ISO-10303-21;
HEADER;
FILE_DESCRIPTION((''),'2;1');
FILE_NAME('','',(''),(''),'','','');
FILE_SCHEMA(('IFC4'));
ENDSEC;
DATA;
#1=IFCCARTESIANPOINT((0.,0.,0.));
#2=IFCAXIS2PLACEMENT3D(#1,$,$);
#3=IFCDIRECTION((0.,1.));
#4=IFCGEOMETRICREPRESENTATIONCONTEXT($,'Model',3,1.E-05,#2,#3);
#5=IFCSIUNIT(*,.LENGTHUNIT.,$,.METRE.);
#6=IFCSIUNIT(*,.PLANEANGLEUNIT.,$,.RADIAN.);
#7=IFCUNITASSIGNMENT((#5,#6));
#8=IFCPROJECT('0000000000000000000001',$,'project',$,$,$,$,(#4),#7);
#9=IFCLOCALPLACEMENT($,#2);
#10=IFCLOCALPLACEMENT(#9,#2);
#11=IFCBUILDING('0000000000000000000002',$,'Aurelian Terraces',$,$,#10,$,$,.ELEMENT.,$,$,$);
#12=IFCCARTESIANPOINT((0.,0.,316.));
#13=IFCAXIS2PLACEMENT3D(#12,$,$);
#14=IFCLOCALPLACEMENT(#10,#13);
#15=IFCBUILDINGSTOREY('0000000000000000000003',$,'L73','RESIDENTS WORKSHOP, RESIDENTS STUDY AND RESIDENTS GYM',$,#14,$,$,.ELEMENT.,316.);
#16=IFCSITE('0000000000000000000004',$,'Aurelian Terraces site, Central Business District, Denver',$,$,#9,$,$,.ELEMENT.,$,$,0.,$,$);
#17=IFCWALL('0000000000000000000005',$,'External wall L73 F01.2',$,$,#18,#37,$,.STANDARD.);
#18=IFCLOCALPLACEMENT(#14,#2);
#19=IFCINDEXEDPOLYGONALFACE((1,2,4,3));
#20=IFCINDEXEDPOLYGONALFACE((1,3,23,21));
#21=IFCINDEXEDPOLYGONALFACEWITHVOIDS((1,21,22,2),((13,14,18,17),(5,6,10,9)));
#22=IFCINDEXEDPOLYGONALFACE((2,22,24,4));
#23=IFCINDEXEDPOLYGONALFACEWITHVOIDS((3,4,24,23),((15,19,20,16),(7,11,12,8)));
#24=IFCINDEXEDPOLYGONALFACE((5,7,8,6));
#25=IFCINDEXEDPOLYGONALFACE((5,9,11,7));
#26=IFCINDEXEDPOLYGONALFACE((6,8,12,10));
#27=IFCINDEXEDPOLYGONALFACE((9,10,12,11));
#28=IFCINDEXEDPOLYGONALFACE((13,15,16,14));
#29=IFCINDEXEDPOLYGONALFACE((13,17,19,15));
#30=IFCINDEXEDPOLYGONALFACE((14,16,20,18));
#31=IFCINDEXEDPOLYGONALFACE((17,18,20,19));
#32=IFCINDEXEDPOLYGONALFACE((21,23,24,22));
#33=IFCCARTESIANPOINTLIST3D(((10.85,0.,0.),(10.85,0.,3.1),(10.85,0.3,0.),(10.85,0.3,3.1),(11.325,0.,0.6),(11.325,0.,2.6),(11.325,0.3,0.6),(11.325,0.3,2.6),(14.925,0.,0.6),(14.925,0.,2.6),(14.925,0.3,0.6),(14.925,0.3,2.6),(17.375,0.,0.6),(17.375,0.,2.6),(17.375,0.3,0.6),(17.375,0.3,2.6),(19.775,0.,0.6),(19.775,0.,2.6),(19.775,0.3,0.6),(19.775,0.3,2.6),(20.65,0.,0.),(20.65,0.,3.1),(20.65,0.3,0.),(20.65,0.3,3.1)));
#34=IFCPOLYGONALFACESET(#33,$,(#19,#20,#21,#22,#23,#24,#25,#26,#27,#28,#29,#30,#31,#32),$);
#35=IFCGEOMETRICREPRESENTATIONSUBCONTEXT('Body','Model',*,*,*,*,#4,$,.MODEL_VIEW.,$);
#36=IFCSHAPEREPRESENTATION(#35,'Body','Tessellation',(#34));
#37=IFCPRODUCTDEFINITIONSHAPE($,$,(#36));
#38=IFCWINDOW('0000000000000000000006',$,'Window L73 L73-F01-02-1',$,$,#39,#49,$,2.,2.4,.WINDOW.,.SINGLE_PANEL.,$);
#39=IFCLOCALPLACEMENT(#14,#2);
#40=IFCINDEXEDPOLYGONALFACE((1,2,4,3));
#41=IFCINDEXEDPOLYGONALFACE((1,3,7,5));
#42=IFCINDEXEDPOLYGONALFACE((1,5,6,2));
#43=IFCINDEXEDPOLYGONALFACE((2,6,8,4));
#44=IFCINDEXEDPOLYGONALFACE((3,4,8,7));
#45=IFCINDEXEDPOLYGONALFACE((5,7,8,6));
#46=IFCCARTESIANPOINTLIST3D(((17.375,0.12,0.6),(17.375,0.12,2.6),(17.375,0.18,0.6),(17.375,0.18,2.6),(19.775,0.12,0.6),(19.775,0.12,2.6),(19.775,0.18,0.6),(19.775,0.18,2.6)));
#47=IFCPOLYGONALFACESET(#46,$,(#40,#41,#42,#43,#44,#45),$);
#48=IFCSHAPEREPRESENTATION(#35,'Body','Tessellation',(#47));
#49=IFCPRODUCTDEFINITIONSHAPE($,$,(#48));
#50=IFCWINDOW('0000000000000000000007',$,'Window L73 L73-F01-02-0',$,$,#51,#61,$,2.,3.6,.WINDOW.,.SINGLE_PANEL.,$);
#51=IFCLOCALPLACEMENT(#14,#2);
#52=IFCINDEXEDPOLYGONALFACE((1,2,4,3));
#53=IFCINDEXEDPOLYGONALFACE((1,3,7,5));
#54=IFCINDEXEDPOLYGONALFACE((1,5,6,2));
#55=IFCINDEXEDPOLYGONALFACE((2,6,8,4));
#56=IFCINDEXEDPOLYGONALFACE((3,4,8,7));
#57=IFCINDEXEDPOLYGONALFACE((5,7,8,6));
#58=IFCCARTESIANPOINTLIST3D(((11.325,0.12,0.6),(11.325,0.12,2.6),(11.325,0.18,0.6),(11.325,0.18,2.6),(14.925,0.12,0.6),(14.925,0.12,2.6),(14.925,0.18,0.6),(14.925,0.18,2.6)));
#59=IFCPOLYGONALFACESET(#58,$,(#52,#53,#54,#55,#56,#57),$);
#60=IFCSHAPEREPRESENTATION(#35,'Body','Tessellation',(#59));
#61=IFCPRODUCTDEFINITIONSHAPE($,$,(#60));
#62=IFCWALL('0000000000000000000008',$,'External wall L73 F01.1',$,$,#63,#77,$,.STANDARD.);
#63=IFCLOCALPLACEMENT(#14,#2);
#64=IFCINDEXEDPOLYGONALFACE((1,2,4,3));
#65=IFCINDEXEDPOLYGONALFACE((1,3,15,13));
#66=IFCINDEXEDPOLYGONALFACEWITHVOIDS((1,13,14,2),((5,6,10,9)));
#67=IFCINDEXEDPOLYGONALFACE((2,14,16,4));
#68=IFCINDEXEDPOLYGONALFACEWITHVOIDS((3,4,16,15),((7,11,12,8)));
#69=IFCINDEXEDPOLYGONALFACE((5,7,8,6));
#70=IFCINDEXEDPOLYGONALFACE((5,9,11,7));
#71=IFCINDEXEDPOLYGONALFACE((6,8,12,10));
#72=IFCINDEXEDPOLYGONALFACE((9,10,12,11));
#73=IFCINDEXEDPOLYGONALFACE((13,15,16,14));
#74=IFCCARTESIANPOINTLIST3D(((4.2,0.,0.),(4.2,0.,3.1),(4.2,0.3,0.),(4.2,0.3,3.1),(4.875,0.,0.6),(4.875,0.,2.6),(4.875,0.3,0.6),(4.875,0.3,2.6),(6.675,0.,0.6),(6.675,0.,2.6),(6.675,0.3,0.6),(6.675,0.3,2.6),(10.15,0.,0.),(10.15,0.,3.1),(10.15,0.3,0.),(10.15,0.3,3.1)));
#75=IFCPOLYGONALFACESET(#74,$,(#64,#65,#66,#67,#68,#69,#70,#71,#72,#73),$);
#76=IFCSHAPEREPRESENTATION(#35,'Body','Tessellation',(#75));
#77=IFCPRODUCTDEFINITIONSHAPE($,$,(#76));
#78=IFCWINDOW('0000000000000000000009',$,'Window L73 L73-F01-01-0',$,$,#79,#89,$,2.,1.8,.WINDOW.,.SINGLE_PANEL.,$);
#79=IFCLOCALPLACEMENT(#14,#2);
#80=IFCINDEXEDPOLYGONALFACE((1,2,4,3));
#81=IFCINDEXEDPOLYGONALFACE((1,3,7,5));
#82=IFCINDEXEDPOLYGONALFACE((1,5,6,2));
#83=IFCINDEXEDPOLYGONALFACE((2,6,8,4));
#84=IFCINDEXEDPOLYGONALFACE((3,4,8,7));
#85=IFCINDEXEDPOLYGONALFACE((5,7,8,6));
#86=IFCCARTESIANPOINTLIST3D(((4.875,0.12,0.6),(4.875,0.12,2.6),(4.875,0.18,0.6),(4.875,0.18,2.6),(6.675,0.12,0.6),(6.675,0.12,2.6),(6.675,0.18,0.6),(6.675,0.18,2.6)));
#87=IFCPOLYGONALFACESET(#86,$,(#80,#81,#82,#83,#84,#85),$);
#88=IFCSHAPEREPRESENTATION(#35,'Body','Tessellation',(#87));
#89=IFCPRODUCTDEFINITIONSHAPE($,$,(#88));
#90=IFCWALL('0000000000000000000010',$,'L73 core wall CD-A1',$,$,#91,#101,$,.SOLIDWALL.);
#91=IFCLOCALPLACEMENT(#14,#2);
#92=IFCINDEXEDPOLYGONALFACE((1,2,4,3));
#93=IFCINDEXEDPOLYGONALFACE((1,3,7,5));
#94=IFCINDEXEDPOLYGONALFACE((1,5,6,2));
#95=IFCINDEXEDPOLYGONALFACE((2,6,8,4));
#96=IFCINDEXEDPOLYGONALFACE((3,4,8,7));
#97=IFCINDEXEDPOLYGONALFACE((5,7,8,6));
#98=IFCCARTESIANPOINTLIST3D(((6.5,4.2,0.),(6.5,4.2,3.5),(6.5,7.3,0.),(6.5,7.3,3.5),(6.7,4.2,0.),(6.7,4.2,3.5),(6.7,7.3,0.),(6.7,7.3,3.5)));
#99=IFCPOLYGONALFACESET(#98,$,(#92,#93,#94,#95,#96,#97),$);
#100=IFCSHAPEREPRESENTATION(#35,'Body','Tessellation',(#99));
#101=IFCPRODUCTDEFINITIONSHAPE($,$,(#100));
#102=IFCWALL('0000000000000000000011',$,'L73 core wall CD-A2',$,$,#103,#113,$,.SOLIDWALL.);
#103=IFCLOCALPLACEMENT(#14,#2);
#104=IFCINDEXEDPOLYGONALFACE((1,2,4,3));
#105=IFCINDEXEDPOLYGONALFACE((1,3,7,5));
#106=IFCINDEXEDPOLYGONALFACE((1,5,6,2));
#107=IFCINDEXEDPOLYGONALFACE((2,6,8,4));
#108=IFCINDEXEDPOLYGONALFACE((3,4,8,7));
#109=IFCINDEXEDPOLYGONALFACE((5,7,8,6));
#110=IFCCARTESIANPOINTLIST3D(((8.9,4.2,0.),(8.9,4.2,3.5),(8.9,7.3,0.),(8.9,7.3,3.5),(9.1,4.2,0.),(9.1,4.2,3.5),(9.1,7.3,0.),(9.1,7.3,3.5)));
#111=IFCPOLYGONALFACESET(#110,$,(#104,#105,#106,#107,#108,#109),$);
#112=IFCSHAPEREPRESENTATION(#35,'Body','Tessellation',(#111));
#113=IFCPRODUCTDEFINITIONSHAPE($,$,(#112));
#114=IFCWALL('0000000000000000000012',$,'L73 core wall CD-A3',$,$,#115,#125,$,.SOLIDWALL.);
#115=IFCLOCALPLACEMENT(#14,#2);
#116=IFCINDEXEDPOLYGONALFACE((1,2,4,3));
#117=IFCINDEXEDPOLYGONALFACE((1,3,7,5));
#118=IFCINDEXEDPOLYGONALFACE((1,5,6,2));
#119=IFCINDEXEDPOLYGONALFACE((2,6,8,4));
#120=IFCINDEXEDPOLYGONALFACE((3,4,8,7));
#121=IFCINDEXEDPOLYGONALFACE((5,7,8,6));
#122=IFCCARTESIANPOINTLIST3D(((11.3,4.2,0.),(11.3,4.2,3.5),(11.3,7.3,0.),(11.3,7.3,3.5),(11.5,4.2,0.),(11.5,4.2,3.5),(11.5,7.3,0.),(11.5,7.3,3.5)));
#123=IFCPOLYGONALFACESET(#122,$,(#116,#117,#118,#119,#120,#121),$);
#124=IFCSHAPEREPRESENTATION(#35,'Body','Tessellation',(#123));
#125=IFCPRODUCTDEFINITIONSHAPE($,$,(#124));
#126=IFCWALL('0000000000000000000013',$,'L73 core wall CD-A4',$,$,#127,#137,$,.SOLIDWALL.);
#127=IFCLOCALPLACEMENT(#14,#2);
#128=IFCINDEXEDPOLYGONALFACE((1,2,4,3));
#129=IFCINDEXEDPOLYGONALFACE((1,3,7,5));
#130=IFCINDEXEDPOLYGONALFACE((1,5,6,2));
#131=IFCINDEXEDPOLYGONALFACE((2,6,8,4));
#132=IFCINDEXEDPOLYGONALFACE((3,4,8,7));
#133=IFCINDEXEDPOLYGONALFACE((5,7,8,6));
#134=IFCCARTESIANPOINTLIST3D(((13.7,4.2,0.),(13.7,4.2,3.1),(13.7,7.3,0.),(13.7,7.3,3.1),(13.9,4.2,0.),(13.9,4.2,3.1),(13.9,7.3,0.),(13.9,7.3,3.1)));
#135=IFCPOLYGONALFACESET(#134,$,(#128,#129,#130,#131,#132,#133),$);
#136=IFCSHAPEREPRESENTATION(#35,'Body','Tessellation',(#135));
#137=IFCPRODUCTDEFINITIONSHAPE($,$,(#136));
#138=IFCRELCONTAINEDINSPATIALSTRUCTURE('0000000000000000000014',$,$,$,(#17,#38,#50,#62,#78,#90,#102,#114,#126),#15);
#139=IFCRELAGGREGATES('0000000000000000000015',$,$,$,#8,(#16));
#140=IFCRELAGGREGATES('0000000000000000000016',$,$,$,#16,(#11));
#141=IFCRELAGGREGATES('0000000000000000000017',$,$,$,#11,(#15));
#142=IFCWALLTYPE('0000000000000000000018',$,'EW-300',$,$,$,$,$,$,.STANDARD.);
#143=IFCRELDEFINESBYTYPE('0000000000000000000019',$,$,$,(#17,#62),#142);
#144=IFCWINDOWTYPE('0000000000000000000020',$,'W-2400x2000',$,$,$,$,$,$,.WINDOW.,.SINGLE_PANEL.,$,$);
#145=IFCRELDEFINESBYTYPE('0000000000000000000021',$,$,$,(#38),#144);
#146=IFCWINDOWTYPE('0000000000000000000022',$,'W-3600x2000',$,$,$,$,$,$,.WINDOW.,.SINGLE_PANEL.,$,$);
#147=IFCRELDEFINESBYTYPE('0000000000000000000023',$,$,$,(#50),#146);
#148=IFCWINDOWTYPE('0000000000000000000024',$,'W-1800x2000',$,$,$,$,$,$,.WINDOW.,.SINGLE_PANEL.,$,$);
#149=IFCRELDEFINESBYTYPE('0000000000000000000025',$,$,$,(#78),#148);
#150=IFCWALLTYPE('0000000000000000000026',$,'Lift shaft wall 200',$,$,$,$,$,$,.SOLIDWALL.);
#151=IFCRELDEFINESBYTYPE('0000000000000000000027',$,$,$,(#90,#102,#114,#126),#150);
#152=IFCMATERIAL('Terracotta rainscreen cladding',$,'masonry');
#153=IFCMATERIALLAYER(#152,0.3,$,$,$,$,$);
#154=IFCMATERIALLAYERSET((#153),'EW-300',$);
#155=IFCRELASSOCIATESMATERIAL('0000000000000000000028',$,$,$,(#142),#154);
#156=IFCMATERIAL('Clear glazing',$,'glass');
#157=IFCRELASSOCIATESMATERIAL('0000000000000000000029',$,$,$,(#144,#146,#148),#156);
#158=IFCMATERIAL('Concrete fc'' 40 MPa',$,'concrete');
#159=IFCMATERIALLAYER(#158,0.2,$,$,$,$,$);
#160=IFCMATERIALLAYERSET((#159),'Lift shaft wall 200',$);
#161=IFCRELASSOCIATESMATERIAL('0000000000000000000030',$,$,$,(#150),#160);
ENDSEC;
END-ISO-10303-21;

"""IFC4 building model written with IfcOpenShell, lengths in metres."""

from ifc_helpers import new_model, si_unit, direction, frame, frame_2d, origin, place, context, subcontext, project, spatial, rectangle, extrude, source, transform, mapped, material, layer, layer_set, type_object, element, fill, save


model = new_model("IFC4")

# Units and contexts
model_context = context("Model", 3, precision=1e-05, world=origin(), true_north=direction((0.0, 1.0)))
body_context = subcontext(model_context, "Body", "Model", "MODEL_VIEW")
ifc_project = project(units=[si_unit("LENGTHUNIT", "METRE"), si_unit("PLANEANGLEUNIT", "RADIAN")], contexts=[model_context])

# Site, building, storey
site_placement = place(None, origin())
site = spatial("IfcSite", under=ifc_project, at=site_placement, Name="Aurelian Terraces site, Central Business District, Denver", CompositionType="ELEMENT", RefElevation=0.0)
building_placement = place(site_placement, origin())
building = spatial("IfcBuilding", under=site, at=building_placement, Name="Aurelian Terraces", CompositionType="ELEMENT")
storey_placement = place(building_placement, frame((0.0, 0.0, 316.0)))
storey = spatial("IfcBuildingStorey", under=building, at=storey_placement, Name="L73", Description="RESIDENTS WORKSHOP, RESIDENTS STUDY AND RESIDENTS GYM", CompositionType="ELEMENT", Elevation=316.0)

# Shared definitions
ifc_material_1 = material(Name="Concrete fc' 40 MPa", Category="concrete")

# Shared definitions
ifc_material_2 = material(Name="Terracotta rainscreen cladding", Category="masonry")
ifc_layer_1 = layer(ifc_material_2, 0.3)
ifc_layer_set_1 = layer_set([ifc_layer_1], Name="EW-300")
wall_type_1 = type_object("IfcWallType", Name="EW-300", PredefinedType="STANDARD", material=ifc_layer_set_1)
shared_shape_1 = source(origin(), body_context, "Body", "SweptSolid", [
    extrude(rectangle(XDim=2.4, YDim=2.0, at=frame_2d((1.2, 1.0))), frame((0.0, 0.16, 0.0), z_axis=(0.0, -1.0, 0.0), x_axis=(1.0, 0.0, 0.0)), (0.0, 0.0, 1.0), 0.32),
])
ifc_material_3 = material(Name="Clear glazing", Category="glass")
window_type_1 = type_object("IfcWindowType", Name="W-2400x2000", PartitioningType="SINGLE_PANEL", PredefinedType="WINDOW", material=ifc_material_3)
shared_shape_2 = source(origin(), body_context, "Body", "SweptSolid", [
    extrude(rectangle(XDim=2.4, YDim=2.0, at=frame_2d((1.2, 1.0))), frame((0.0, 0.03, 0.0), z_axis=(0.0, -1.0, 0.0), x_axis=(1.0, 0.0, 0.0)), (0.0, 0.0, 1.0), 0.06),
])

# Wall, openings, windows
shared_shape_3 = source(origin(), body_context, "Body", "SweptSolid", [
    extrude(rectangle(XDim=9.8, YDim=0.3, at=frame_2d((4.9, 0.0))), origin(), (0.0, 0.0, 1.0), 3.1),
])
wall_1_placement = place(storey_placement, frame((10.85, 0.15, 0.0), z_axis=(0.0, 0.0, 1.0), x_axis=(1.0, 0.0, 0.0)))
wall_1 = element("IfcWall", 1, at=wall_1_placement, inside=storey, type_object=wall_type_1, Name="External wall L73 F01.2", PredefinedType="STANDARD", context=body_context, shape_type="MappedRepresentation", body=[
    mapped(shared_shape_3, transform((0.0, 0.0, 0.0), scale=1.0)),
])
shared_shape_4 = source(origin(), body_context, "Body", "SweptSolid", [
    extrude(rectangle(XDim=3.6, YDim=2.0, at=frame_2d((1.8, 1.0))), frame((0.0, 0.16, 0.0), z_axis=(0.0, -1.0, 0.0), x_axis=(1.0, 0.0, 0.0)), (0.0, 0.0, 1.0), 0.32),
])
opening_1_placement = place(wall_1_placement, frame((0.475, 0.0, 0.6)))
opening_1 = element("IfcOpeningElement", 2, at=opening_1_placement, cuts=wall_1, PredefinedType="OPENING", context=body_context, shape_type="MappedRepresentation", body=[
    mapped(shared_shape_4, transform((0.0, 0.0, 0.0), scale=1.0)),
])
opening_2_placement = place(wall_1_placement, frame((6.525, 0.0, 0.6)))
opening_2 = element("IfcOpeningElement", 3, at=opening_2_placement, cuts=wall_1, PredefinedType="OPENING", context=body_context, shape_type="MappedRepresentation", body=[
    mapped(shared_shape_1, transform((0.0, 0.0, 0.0), scale=1.0)),
])
window_1_placement = place(opening_2_placement, origin())
window_1 = element("IfcWindow", 4, at=window_1_placement, inside=storey, type_object=window_type_1, Name="Window L73 L73-F01-02-1", OverallHeight=2.0, OverallWidth=2.4, PartitioningType="SINGLE_PANEL", PredefinedType="WINDOW", context=body_context, shape_type="MappedRepresentation", body=[
    mapped(shared_shape_2, transform((0.0, 0.0, 0.0), scale=1.0)),
])
fill(opening_2, window_1)
window_type_2 = type_object("IfcWindowType", Name="W-3600x2000", PartitioningType="SINGLE_PANEL", PredefinedType="WINDOW", material=ifc_material_3)
shared_shape_5 = source(origin(), body_context, "Body", "SweptSolid", [
    extrude(rectangle(XDim=3.6, YDim=2.0, at=frame_2d((1.8, 1.0))), frame((0.0, 0.03, 0.0), z_axis=(0.0, -1.0, 0.0), x_axis=(1.0, 0.0, 0.0)), (0.0, 0.0, 1.0), 0.06),
])
window_2_placement = place(opening_1_placement, origin())
window_2 = element("IfcWindow", 5, at=window_2_placement, inside=storey, type_object=window_type_2, Name="Window L73 L73-F01-02-0", OverallHeight=2.0, OverallWidth=3.6, PartitioningType="SINGLE_PANEL", PredefinedType="WINDOW", context=body_context, shape_type="MappedRepresentation", body=[
    mapped(shared_shape_5, transform((0.0, 0.0, 0.0), scale=1.0)),
])
fill(opening_1, window_2)

# Wall, opening, window
shared_shape_6 = source(origin(), body_context, "Body", "SweptSolid", [
    extrude(rectangle(XDim=5.95, YDim=0.3, at=frame_2d((2.975, 0.0))), origin(), (0.0, 0.0, 1.0), 3.1),
])
wall_2_placement = place(storey_placement, frame((4.2, 0.15, 0.0), z_axis=(0.0, 0.0, 1.0), x_axis=(1.0, 0.0, 0.0)))
wall_2 = element("IfcWall", 6, at=wall_2_placement, inside=storey, type_object=wall_type_1, Name="External wall L73 F01.1", PredefinedType="STANDARD", context=body_context, shape_type="MappedRepresentation", body=[
    mapped(shared_shape_6, transform((0.0, 0.0, 0.0), scale=1.0)),
])
shared_shape_7 = source(origin(), body_context, "Body", "SweptSolid", [
    extrude(rectangle(XDim=1.8, YDim=2.0, at=frame_2d((0.9, 1.0))), frame((0.0, 0.16, 0.0), z_axis=(0.0, -1.0, 0.0), x_axis=(1.0, 0.0, 0.0)), (0.0, 0.0, 1.0), 0.32),
])
opening_3_placement = place(wall_2_placement, frame((0.675, 0.0, 0.6)))
opening_3 = element("IfcOpeningElement", 7, at=opening_3_placement, cuts=wall_2, PredefinedType="OPENING", context=body_context, shape_type="MappedRepresentation", body=[
    mapped(shared_shape_7, transform((0.0, 0.0, 0.0), scale=1.0)),
])
window_type_3 = type_object("IfcWindowType", Name="W-1800x2000", PartitioningType="SINGLE_PANEL", PredefinedType="WINDOW", material=ifc_material_3)
shared_shape_8 = source(origin(), body_context, "Body", "SweptSolid", [
    extrude(rectangle(XDim=1.8, YDim=2.0, at=frame_2d((0.9, 1.0))), frame((0.0, 0.03, 0.0), z_axis=(0.0, -1.0, 0.0), x_axis=(1.0, 0.0, 0.0)), (0.0, 0.0, 1.0), 0.06),
])
window_3_placement = place(opening_3_placement, origin())
window_3 = element("IfcWindow", 8, at=window_3_placement, inside=storey, type_object=window_type_3, Name="Window L73 L73-F01-01-0", OverallHeight=2.0, OverallWidth=1.8, PartitioningType="SINGLE_PANEL", PredefinedType="WINDOW", context=body_context, shape_type="MappedRepresentation", body=[
    mapped(shared_shape_8, transform((0.0, 0.0, 0.0), scale=1.0)),
])
fill(opening_3, window_3)

# Walls
ifc_layer_2 = layer(ifc_material_1, 0.2)
ifc_layer_set_2 = layer_set([ifc_layer_2], Name="Lift shaft wall 200")
wall_type_2 = type_object("IfcWallType", Name="Lift shaft wall 200", PredefinedType="SOLIDWALL", material=ifc_layer_set_2)
shared_shape_9 = source(origin(), body_context, "Body", "SweptSolid", [
    extrude(rectangle(XDim=3.1, YDim=0.2, at=frame_2d((1.55, 0.0))), origin(), (0.0, 0.0, 1.0), 3.5),
])
for number, where, z_axis, x_axis, name in (
    (9, (6.6, 4.2, 0.0), (0.0, 0.0, 1.0), (0.0, 1.0, 0.0), "L73 core wall CD-A1"),
    (10, (9.0, 4.2, 0.0), (0.0, 0.0, 1.0), (0.0, 1.0, 0.0), "L73 core wall CD-A2"),
    (11, (11.4, 4.2, 0.0), (0.0, 0.0, 1.0), (0.0, 1.0, 0.0), "L73 core wall CD-A3"),
):
    element("IfcWall", number, at=place(storey_placement, frame(where, z_axis=z_axis, x_axis=x_axis)), inside=storey, type_object=wall_type_2, Name=name, PredefinedType="SOLIDWALL", context=body_context, shape_type="MappedRepresentation", body=[
        mapped(shared_shape_9, transform((0.0, 0.0, 0.0), scale=1.0)),
    ])
shared_shape_10 = source(origin(), body_context, "Body", "SweptSolid", [
    extrude(rectangle(XDim=3.1, YDim=0.2, at=frame_2d((1.55, 0.0))), origin(), (0.0, 0.0, 1.0), 3.1),
])
wall_3_placement = place(storey_placement, frame((13.8, 4.2, 0.0), z_axis=(0.0, 0.0, 1.0), x_axis=(0.0, 1.0, 0.0)))
element("IfcWall", 12, at=wall_3_placement, inside=storey, type_object=wall_type_2, Name="L73 core wall CD-A4", PredefinedType="SOLIDWALL", context=body_context, shape_type="MappedRepresentation", body=[
    mapped(shared_shape_10, transform((0.0, 0.0, 0.0), scale=1.0)),
])

save(model, "model.ifc")
